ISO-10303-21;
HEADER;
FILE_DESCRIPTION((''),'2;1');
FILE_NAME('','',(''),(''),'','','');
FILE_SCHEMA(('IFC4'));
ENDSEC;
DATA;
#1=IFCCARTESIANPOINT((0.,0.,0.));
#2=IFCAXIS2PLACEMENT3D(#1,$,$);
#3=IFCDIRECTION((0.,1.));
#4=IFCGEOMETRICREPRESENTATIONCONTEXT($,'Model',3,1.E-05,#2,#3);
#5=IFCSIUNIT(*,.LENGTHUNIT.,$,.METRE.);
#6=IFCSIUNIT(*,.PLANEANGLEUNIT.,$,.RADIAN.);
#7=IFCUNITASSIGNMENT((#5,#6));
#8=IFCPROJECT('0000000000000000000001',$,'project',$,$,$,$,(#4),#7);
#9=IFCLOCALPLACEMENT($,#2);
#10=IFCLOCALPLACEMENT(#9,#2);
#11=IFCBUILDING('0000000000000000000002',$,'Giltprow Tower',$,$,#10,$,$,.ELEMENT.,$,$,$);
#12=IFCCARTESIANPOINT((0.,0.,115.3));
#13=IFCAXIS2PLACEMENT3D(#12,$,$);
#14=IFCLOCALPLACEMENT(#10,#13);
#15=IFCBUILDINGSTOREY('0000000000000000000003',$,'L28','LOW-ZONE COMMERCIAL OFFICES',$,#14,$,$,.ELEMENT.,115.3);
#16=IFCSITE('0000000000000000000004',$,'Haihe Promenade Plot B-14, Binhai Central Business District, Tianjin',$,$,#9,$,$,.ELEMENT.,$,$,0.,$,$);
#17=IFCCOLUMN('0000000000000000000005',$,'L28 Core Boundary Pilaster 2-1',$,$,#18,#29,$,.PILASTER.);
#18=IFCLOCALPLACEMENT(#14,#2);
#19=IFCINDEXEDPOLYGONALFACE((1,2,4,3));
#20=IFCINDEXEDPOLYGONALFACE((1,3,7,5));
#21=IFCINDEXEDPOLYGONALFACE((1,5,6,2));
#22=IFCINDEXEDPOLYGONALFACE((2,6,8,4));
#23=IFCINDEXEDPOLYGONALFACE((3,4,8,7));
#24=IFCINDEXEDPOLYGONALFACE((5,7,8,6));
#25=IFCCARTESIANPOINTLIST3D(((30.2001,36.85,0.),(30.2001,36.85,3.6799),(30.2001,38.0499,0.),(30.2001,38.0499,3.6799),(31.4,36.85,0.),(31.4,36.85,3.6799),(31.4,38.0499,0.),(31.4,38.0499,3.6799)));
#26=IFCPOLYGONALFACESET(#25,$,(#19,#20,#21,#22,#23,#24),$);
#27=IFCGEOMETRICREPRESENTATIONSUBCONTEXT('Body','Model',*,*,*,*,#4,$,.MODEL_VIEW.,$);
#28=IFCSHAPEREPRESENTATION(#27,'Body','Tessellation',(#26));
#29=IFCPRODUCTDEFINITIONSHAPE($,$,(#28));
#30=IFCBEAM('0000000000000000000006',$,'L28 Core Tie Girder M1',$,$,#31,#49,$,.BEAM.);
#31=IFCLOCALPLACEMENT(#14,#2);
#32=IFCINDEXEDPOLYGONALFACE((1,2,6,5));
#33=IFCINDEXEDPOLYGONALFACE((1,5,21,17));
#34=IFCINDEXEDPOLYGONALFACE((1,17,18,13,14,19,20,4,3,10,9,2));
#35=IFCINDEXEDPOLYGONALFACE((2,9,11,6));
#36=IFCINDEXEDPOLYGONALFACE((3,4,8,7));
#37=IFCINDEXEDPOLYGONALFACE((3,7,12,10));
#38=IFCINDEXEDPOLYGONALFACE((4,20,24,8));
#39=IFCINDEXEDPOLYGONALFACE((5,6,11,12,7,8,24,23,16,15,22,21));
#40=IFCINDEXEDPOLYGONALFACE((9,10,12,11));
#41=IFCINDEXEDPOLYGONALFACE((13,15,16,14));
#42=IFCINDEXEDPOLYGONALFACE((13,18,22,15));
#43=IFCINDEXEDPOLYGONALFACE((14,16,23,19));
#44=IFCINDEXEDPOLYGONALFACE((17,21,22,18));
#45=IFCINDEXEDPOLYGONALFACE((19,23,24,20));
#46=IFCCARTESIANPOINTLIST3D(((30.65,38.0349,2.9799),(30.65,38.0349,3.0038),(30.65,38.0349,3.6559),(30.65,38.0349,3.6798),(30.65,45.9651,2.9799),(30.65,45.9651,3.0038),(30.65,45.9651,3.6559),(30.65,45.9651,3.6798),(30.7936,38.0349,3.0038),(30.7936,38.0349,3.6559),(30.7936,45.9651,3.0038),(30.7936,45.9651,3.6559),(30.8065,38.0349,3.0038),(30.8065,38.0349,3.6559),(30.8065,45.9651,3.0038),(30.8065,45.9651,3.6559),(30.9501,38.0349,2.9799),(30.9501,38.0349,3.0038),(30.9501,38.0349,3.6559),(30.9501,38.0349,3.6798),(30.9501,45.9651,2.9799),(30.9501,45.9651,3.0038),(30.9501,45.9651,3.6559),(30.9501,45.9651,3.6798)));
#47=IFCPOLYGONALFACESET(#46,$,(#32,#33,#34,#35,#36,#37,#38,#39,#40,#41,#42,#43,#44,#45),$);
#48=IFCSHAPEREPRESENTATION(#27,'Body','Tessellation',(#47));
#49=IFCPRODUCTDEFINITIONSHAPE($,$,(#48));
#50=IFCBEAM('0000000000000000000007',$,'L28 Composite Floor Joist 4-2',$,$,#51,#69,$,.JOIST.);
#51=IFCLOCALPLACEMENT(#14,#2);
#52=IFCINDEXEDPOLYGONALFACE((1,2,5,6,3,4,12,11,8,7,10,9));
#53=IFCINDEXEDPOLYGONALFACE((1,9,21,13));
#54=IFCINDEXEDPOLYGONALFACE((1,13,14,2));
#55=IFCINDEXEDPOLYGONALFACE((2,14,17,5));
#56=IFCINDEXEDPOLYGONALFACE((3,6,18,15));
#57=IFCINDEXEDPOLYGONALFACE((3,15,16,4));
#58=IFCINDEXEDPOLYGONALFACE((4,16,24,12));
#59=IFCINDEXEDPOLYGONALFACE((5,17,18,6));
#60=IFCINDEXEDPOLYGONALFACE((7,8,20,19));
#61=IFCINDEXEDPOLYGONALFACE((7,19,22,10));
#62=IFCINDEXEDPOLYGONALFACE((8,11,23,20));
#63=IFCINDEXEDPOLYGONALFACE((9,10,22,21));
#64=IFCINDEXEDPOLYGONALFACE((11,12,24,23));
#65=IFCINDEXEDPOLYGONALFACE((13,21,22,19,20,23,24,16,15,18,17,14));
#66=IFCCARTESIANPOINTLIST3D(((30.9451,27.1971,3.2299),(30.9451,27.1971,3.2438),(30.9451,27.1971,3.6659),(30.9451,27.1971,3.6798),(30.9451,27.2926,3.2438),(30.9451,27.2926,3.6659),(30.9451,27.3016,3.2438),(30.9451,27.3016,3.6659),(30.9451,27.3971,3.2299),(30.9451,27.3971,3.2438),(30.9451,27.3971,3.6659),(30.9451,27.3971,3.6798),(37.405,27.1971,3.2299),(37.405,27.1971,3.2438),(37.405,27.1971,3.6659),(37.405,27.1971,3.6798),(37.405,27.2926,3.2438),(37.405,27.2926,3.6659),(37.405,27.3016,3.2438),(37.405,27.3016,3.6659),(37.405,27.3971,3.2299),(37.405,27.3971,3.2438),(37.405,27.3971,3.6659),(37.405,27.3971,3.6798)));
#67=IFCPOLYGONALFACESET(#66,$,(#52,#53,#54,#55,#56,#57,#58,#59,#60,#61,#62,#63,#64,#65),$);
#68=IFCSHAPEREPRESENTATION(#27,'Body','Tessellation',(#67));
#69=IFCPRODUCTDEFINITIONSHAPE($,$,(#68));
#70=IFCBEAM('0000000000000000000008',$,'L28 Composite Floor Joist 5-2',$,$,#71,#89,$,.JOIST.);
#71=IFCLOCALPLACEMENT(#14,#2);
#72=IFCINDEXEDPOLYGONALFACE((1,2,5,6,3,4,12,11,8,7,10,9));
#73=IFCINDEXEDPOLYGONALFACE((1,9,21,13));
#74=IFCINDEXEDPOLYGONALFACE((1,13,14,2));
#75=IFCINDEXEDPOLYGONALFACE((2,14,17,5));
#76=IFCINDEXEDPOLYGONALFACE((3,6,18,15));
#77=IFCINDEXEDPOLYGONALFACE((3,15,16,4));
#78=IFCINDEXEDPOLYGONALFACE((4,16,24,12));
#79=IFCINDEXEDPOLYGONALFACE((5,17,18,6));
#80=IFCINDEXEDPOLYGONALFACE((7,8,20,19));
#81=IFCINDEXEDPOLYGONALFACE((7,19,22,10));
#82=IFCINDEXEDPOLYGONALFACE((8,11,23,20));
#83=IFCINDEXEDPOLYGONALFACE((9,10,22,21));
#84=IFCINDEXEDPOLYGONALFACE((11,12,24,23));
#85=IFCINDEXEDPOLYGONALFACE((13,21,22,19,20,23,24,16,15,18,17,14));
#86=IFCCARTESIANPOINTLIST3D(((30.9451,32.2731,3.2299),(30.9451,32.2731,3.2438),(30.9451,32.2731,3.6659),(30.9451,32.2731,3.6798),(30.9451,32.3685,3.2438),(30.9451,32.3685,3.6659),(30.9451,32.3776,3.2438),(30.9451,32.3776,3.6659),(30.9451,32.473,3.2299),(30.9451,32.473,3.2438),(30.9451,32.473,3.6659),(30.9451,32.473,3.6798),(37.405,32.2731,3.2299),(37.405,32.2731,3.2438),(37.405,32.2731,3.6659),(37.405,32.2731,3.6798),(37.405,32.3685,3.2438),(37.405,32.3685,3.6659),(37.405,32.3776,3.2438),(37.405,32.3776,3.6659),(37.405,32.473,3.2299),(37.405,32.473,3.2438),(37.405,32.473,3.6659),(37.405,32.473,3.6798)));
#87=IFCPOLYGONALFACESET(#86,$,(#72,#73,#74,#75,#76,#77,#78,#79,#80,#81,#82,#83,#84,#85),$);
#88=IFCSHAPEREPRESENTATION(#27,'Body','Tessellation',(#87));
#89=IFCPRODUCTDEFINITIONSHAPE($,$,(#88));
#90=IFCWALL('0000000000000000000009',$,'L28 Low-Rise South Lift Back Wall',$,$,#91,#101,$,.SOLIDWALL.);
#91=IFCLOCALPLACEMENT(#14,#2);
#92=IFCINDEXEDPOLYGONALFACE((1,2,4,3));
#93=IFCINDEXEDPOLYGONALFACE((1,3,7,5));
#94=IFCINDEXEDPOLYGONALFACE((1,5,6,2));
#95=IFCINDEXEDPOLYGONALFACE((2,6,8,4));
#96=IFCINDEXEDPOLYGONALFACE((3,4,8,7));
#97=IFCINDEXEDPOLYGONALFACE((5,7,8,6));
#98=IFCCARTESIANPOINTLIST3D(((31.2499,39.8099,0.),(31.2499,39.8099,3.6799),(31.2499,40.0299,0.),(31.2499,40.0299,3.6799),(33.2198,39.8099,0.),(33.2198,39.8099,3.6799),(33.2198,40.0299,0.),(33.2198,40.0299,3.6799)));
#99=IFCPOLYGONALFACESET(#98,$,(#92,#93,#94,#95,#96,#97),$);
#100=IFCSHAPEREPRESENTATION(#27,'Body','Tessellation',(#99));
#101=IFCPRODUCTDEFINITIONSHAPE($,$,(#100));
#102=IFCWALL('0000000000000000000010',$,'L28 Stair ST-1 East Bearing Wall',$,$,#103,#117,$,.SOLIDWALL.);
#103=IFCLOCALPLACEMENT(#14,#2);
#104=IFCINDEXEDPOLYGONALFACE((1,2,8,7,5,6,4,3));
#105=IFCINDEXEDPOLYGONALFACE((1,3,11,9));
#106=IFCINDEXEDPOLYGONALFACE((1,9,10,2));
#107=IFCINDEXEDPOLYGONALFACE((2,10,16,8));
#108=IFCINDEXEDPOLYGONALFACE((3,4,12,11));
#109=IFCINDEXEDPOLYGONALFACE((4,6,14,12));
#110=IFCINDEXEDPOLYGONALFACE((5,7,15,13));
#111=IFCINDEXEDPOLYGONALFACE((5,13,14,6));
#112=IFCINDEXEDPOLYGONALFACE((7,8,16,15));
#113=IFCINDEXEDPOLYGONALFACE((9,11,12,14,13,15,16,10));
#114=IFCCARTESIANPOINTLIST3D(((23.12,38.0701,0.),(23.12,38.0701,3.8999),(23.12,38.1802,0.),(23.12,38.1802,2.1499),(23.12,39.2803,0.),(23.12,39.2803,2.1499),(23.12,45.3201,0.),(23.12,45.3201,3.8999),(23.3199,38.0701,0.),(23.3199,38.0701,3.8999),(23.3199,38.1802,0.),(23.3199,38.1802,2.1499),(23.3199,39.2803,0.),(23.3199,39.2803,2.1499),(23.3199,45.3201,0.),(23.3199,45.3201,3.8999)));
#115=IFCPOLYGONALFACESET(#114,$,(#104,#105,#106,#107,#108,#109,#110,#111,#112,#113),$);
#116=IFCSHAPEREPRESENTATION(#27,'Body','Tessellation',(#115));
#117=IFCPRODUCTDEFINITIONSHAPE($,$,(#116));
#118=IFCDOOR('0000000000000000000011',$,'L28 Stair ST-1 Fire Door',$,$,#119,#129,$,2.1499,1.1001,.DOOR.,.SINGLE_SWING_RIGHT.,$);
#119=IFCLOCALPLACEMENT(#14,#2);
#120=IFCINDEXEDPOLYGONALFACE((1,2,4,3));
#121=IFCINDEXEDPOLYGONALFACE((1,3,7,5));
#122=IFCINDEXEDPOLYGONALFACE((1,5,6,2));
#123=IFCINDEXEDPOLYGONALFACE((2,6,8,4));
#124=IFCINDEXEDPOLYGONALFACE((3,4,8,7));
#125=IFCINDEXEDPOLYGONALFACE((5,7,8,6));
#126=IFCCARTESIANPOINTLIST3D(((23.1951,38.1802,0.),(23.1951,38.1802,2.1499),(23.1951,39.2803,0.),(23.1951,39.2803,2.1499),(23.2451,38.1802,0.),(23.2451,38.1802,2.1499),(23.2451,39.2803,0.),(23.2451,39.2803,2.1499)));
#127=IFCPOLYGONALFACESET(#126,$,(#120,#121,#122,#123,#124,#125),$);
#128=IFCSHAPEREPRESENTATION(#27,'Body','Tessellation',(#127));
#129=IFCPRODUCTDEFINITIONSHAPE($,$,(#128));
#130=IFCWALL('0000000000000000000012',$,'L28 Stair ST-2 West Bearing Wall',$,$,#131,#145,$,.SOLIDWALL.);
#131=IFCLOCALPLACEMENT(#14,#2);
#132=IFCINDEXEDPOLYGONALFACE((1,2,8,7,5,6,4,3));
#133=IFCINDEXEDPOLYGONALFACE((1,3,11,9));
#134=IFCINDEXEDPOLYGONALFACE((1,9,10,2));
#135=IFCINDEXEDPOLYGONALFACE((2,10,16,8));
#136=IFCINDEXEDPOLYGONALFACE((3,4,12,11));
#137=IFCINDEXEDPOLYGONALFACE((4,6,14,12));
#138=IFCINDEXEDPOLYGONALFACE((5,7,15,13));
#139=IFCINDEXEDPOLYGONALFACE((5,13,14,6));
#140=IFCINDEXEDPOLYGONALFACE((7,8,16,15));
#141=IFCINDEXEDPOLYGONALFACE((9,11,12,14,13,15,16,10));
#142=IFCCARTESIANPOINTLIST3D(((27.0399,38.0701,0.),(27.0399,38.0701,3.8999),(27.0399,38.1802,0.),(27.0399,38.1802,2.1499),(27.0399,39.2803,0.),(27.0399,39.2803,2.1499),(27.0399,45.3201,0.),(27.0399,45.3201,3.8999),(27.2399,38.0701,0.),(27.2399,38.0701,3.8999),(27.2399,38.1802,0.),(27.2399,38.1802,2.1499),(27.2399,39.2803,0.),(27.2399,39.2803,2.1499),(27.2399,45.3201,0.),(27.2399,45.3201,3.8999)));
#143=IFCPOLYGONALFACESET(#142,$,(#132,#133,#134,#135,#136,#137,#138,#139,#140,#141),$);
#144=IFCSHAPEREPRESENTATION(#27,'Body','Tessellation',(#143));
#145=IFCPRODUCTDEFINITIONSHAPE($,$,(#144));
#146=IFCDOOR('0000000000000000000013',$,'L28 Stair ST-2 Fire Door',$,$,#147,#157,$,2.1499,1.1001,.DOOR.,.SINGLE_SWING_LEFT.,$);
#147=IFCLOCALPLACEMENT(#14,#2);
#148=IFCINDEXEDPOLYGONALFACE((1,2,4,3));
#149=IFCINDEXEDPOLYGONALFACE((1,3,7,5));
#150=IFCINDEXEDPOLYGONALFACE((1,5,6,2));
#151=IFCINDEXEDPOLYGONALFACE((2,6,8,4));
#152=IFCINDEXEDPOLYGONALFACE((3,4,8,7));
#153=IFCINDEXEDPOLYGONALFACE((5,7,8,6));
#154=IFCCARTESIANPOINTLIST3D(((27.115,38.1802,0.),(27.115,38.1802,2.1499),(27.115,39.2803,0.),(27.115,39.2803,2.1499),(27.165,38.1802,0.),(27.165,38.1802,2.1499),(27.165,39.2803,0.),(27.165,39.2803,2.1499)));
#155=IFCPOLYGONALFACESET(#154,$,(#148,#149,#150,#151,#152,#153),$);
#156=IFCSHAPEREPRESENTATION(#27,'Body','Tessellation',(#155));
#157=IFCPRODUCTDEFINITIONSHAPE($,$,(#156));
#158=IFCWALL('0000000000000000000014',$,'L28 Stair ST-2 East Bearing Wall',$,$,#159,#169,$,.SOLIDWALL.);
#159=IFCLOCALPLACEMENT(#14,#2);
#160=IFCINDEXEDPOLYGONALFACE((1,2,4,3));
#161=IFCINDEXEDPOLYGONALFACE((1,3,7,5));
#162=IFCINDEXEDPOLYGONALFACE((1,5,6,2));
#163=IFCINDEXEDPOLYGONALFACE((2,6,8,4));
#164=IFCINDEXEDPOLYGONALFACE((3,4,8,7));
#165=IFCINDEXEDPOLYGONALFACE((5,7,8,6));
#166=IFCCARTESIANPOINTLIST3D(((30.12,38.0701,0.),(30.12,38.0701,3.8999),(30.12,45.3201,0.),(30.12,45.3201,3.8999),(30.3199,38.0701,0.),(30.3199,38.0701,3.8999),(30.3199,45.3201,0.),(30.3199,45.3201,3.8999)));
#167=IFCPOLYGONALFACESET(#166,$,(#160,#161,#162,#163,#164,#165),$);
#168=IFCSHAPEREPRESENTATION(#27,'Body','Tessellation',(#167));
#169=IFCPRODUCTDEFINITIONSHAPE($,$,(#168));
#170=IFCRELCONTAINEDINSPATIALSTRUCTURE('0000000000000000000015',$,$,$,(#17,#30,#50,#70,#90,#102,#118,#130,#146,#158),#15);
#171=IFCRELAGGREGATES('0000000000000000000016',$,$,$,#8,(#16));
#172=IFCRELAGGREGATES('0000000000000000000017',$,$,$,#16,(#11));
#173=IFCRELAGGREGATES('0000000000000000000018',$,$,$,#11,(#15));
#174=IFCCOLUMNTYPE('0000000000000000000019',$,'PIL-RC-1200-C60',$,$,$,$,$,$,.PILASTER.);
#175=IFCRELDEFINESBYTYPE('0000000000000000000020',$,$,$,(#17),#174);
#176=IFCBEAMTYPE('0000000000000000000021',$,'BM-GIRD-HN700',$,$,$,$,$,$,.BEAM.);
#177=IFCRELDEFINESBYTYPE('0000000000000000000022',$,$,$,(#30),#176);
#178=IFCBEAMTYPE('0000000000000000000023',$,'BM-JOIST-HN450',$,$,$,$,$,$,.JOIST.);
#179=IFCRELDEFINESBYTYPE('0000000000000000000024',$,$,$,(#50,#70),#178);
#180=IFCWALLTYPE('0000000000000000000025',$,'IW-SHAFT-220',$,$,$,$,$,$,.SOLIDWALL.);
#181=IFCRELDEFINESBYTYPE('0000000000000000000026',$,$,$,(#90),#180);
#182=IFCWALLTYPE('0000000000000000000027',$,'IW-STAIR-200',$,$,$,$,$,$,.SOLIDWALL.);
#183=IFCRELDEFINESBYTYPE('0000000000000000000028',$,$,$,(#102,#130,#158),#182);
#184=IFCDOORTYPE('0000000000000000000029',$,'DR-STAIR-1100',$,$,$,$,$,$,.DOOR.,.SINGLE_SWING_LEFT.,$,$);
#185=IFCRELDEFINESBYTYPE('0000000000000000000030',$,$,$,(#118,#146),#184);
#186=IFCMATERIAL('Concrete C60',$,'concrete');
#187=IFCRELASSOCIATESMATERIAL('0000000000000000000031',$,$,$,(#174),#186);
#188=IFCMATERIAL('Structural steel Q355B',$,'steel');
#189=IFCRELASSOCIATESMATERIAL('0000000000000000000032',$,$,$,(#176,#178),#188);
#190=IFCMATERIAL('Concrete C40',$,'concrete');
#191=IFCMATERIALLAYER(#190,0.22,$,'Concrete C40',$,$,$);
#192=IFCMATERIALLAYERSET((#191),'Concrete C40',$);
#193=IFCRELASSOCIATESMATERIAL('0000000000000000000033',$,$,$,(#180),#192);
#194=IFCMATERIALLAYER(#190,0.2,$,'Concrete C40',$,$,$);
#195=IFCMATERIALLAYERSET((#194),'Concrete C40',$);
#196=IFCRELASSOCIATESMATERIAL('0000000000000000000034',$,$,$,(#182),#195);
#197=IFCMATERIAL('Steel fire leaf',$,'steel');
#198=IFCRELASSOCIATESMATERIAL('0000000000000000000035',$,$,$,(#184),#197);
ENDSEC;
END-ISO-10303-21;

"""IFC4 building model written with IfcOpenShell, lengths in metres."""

from ifc_helpers import new_model, si_unit, direction, frame, frame_2d, origin, origin_2d, place, context, subcontext, project, spatial, rectangle, i_section, extrude, source, transform, mapped, material, layer, layer_set, material_profile, profile_set, type_object, element, fill, save


model = new_model("IFC4")

# Units and contexts
model_context = context("Model", 3, precision=1e-05, world=origin(), true_north=direction((0.0, 1.0)))
body_context = subcontext(model_context, "Body", "Model", "MODEL_VIEW")
ifc_project = project(units=[si_unit("LENGTHUNIT", "METRE"), si_unit("PLANEANGLEUNIT", "RADIAN")], contexts=[model_context])

# Site, building, storey
site_placement = place(None, origin())
site = spatial("IfcSite", under=ifc_project, at=site_placement, Name="Haihe Promenade Plot B-14, Binhai Central Business District, Tianjin", CompositionType="ELEMENT", RefElevation=0.0)
building_placement = place(site_placement, origin())
building = spatial("IfcBuilding", under=site, at=building_placement, Name="Giltprow Tower", CompositionType="ELEMENT")
storey_placement = place(building_placement, frame((0.0, 0.0, 115.3)))
storey = spatial("IfcBuildingStorey", under=building, at=storey_placement, Name="L28", Description="LOW-ZONE COMMERCIAL OFFICES", CompositionType="ELEMENT", Elevation=115.3)

# Column
ifc_material_1 = material(Name="Concrete C60", Category="concrete")
ifc_material_profile_1 = material_profile(ifc_material_1, rectangle(XDim=1.2, YDim=1.2, at=origin_2d()), Name="RC 1200x1200")
ifc_profile_set_1 = profile_set([ifc_material_profile_1], Name="Concrete C60")
column_type = type_object("IfcColumnType", Name="PIL-RC-1200-C60", PredefinedType="PILASTER", material=ifc_profile_set_1)
shared_shape_1 = source(origin(), body_context, "Body", "SweptSolid", [
    extrude(rectangle(XDim=1.2, YDim=1.2, at=origin_2d()), origin(), (0.0, 0.0, 1.0), 3.6799),
])
column_placement = place(storey_placement, frame((30.8, 37.45, 0.0), z_axis=(0.0, 0.0, 1.0), x_axis=(1.0, 0.0, 0.0)))
element("IfcColumn", 1, at=column_placement, inside=storey, type_object=column_type, Name="L28 Core Boundary Pilaster 2-1", PredefinedType="PILASTER", context=body_context, shape_type="MappedRepresentation", body=[
    mapped(shared_shape_1, transform((0.0, 0.0, 0.0), x_axis=(1.0, 0.0, 0.0), y_axis=(0.0, 1.0, 0.0), z_axis=(0.0, 0.0, 1.0), scale=1.0)),
])

# Beams
ifc_material_2 = material(Name="Structural steel Q355B", Category="steel")
ifc_material_profile_2 = material_profile(ifc_material_2, i_section(OverallWidth=0.3, OverallDepth=0.7, WebThickness=0.0129, FlangeThickness=0.0239, at=origin_2d()), Name="HN 700x300x13x24")
ifc_profile_set_2 = profile_set([ifc_material_profile_2], Name="Structural steel Q355B")
beam_type_1 = type_object("IfcBeamType", Name="BM-GIRD-HN700", PredefinedType="BEAM", material=ifc_profile_set_2)
shared_shape_2 = source(origin(), body_context, "Body", "SweptSolid", [
    extrude(i_section(OverallWidth=0.3, OverallDepth=0.7, WebThickness=0.0129, FlangeThickness=0.0239, at=origin_2d()), origin(), (0.0, 0.0, 1.0), 7.9302),
])
beam_placement = place(storey_placement, frame((30.8, 38.0349, 3.3298), z_axis=(0.0, 1.0, 0.0), x_axis=(-1.0, 0.0, 0.0)))
element("IfcBeam", 2, at=beam_placement, inside=storey, type_object=beam_type_1, Name="L28 Core Tie Girder M1", PredefinedType="BEAM", context=body_context, shape_type="MappedRepresentation", body=[
    mapped(shared_shape_2, transform((0.0, 0.0, 0.0), x_axis=(1.0, 0.0, 0.0), y_axis=(0.0, 1.0, 0.0), z_axis=(0.0, 0.0, 1.0), scale=1.0)),
])
ifc_material_profile_3 = material_profile(ifc_material_2, i_section(OverallWidth=0.2, OverallDepth=0.45, WebThickness=0.009, FlangeThickness=0.0139, at=origin_2d()), Name="HN 450x200x9x14")
ifc_profile_set_3 = profile_set([ifc_material_profile_3], Name="Structural steel Q355B")
beam_type_2 = type_object("IfcBeamType", Name="BM-JOIST-HN450", PredefinedType="JOIST", material=ifc_profile_set_3)
shared_shape_3 = source(origin(), body_context, "Body", "SweptSolid", [
    extrude(i_section(OverallWidth=0.2, OverallDepth=0.45, WebThickness=0.009, FlangeThickness=0.0139, at=origin_2d()), origin(), (0.0, 0.0, 1.0), 6.46),
])
for number, where, z_axis, x_axis, name in (
    (3, (30.9451, 27.2971, 3.4548), (1.0, 0.0, 0.0), (0.0, 1.0, 0.0), "L28 Composite Floor Joist 4-2"),
    (4, (30.9451, 32.373, 3.4548), (1.0, 0.0, 0.0), (0.0, 1.0, 0.0), "L28 Composite Floor Joist 5-2"),
):
    element("IfcBeam", number, at=place(storey_placement, frame(where, z_axis=z_axis, x_axis=x_axis)), inside=storey, type_object=beam_type_2, Name=name, PredefinedType="JOIST", context=body_context, shape_type="MappedRepresentation", body=[
        mapped(shared_shape_3, transform((0.0, 0.0, 0.0), x_axis=(1.0, 0.0, 0.0), y_axis=(0.0, 1.0, 0.0), z_axis=(0.0, 0.0, 1.0), scale=1.0)),
    ])

# Wall
ifc_material_3 = material(Name="Concrete C40", Category="concrete")
ifc_layer_1 = layer(ifc_material_3, 0.22, Name="Concrete C40")
ifc_layer_set_1 = layer_set([ifc_layer_1], Name="Concrete C40")
wall_type_1 = type_object("IfcWallType", Name="IW-SHAFT-220", PredefinedType="SOLIDWALL", material=ifc_layer_set_1)
wall_1_placement = place(storey_placement, frame((31.25, 39.9199, 0.0), z_axis=(0.0, 0.0, 1.0), x_axis=(1.0, 0.0, 0.0)))
element("IfcWall", 5, at=wall_1_placement, inside=storey, type_object=wall_type_1, Name="L28 Low-Rise South Lift Back Wall", PredefinedType="SOLIDWALL", context=body_context, shape_type="SweptSolid", body=[
    extrude(rectangle(XDim=1.97, YDim=0.22, at=frame_2d((0.9849, 0.0))), origin(), (0.0, 0.0, 1.0), 3.6799),
])

# Walls, openings, doors
ifc_layer_2 = layer(ifc_material_3, 0.2, Name="Concrete C40")
ifc_layer_set_2 = layer_set([ifc_layer_2], Name="Concrete C40")
wall_type_2 = type_object("IfcWallType", Name="IW-STAIR-200", PredefinedType="SOLIDWALL", material=ifc_layer_set_2)
wall_2_placement = place(storey_placement, frame((23.22, 38.0701, 0.0), z_axis=(0.0, 0.0, 1.0), x_axis=(0.0, 1.0, 0.0)))
wall_2 = element("IfcWall", 6, at=wall_2_placement, inside=storey, type_object=wall_type_2, Name="L28 Stair ST-1 East Bearing Wall", PredefinedType="SOLIDWALL", context=body_context, shape_type="SweptSolid", body=[
    extrude(rectangle(XDim=7.25, YDim=0.2, at=frame_2d((3.625, 0.0))), origin(), (0.0, 0.0, 1.0), 3.8999),
])
opening_1_placement = place(wall_2_placement, frame((0.1101, 0.0, 0.0)))
opening_1 = element("IfcOpeningElement", 7, at=opening_1_placement, cuts=wall_2, PredefinedType="OPENING", context=body_context, shape_type="SweptSolid", body=[
    extrude(rectangle(XDim=1.1001, YDim=2.1499, at=frame_2d((0.55, 1.075))), frame((0.0, 0.1099, 0.0), z_axis=(0.0, -1.0, 0.0), x_axis=(1.0, 0.0, 0.0)), (0.0, 0.0, 1.0), 0.22),
])
ifc_material_4 = material(Name="Steel fire leaf", Category="steel")
door_type = type_object("IfcDoorType", Name="DR-STAIR-1100", OperationType="SINGLE_SWING_LEFT", PredefinedType="DOOR", material=ifc_material_4)
shared_shape_4 = source(origin(), body_context, "Body", "SweptSolid", [
    extrude(rectangle(XDim=1.1001, YDim=2.1499, at=frame_2d((0.55, 1.075))), frame((0.0, 0.0249, 0.0), z_axis=(0.0, -1.0, 0.0), x_axis=(1.0, 0.0, 0.0)), (0.0, 0.0, 1.0), 0.05),
])
door_1_placement = place(opening_1_placement, origin())
door_1 = element("IfcDoor", 8, at=door_1_placement, inside=storey, type_object=door_type, Name="L28 Stair ST-1 Fire Door", OperationType="SINGLE_SWING_RIGHT", OverallHeight=2.1499, OverallWidth=1.1001, PredefinedType="DOOR", context=body_context, shape_type="MappedRepresentation", body=[
    mapped(shared_shape_4, transform((0.0, 0.0, 0.0), x_axis=(1.0, 0.0, 0.0), y_axis=(0.0, 1.0, 0.0), z_axis=(0.0, 0.0, 1.0), scale=1.0)),
])
fill(opening_1, door_1)
wall_3_placement = place(storey_placement, frame((27.1399, 38.0701, 0.0), z_axis=(0.0, 0.0, 1.0), x_axis=(0.0, 1.0, 0.0)))
wall_3 = element("IfcWall", 9, at=wall_3_placement, inside=storey, type_object=wall_type_2, Name="L28 Stair ST-2 West Bearing Wall", PredefinedType="SOLIDWALL", context=body_context, shape_type="SweptSolid", body=[
    extrude(rectangle(XDim=7.25, YDim=0.2, at=frame_2d((3.625, 0.0))), origin(), (0.0, 0.0, 1.0), 3.8999),
])
opening_2_placement = place(wall_3_placement, frame((0.1101, 0.0, 0.0)))
opening_2 = element("IfcOpeningElement", 10, at=opening_2_placement, cuts=wall_3, PredefinedType="OPENING", context=body_context, shape_type="SweptSolid", body=[
    extrude(rectangle(XDim=1.1001, YDim=2.1499, at=frame_2d((0.55, 1.075))), frame((0.0, 0.1099, 0.0), z_axis=(0.0, -1.0, 0.0), x_axis=(1.0, 0.0, 0.0)), (0.0, 0.0, 1.0), 0.22),
])
door_2_placement = place(opening_2_placement, origin())
door_2 = element("IfcDoor", 11, at=door_2_placement, inside=storey, type_object=door_type, Name="L28 Stair ST-2 Fire Door", OperationType="SINGLE_SWING_LEFT", OverallHeight=2.1499, OverallWidth=1.1001, PredefinedType="DOOR", context=body_context, shape_type="MappedRepresentation", body=[
    mapped(shared_shape_4, transform((0.0, 0.0, 0.0), x_axis=(1.0, 0.0, 0.0), y_axis=(0.0, 1.0, 0.0), z_axis=(0.0, 0.0, 1.0), scale=1.0)),
])
fill(opening_2, door_2)

# Wall
wall_4_placement = place(storey_placement, frame((30.22, 38.0701, 0.0), z_axis=(0.0, 0.0, 1.0), x_axis=(0.0, 1.0, 0.0)))
element("IfcWall", 12, at=wall_4_placement, inside=storey, type_object=wall_type_2, Name="L28 Stair ST-2 East Bearing Wall", PredefinedType="SOLIDWALL", context=body_context, shape_type="SweptSolid", body=[
    extrude(rectangle(XDim=7.25, YDim=0.2, at=frame_2d((3.625, 0.0))), origin(), (0.0, 0.0, 1.0), 3.8999),
])

save(model, "model.ifc")
